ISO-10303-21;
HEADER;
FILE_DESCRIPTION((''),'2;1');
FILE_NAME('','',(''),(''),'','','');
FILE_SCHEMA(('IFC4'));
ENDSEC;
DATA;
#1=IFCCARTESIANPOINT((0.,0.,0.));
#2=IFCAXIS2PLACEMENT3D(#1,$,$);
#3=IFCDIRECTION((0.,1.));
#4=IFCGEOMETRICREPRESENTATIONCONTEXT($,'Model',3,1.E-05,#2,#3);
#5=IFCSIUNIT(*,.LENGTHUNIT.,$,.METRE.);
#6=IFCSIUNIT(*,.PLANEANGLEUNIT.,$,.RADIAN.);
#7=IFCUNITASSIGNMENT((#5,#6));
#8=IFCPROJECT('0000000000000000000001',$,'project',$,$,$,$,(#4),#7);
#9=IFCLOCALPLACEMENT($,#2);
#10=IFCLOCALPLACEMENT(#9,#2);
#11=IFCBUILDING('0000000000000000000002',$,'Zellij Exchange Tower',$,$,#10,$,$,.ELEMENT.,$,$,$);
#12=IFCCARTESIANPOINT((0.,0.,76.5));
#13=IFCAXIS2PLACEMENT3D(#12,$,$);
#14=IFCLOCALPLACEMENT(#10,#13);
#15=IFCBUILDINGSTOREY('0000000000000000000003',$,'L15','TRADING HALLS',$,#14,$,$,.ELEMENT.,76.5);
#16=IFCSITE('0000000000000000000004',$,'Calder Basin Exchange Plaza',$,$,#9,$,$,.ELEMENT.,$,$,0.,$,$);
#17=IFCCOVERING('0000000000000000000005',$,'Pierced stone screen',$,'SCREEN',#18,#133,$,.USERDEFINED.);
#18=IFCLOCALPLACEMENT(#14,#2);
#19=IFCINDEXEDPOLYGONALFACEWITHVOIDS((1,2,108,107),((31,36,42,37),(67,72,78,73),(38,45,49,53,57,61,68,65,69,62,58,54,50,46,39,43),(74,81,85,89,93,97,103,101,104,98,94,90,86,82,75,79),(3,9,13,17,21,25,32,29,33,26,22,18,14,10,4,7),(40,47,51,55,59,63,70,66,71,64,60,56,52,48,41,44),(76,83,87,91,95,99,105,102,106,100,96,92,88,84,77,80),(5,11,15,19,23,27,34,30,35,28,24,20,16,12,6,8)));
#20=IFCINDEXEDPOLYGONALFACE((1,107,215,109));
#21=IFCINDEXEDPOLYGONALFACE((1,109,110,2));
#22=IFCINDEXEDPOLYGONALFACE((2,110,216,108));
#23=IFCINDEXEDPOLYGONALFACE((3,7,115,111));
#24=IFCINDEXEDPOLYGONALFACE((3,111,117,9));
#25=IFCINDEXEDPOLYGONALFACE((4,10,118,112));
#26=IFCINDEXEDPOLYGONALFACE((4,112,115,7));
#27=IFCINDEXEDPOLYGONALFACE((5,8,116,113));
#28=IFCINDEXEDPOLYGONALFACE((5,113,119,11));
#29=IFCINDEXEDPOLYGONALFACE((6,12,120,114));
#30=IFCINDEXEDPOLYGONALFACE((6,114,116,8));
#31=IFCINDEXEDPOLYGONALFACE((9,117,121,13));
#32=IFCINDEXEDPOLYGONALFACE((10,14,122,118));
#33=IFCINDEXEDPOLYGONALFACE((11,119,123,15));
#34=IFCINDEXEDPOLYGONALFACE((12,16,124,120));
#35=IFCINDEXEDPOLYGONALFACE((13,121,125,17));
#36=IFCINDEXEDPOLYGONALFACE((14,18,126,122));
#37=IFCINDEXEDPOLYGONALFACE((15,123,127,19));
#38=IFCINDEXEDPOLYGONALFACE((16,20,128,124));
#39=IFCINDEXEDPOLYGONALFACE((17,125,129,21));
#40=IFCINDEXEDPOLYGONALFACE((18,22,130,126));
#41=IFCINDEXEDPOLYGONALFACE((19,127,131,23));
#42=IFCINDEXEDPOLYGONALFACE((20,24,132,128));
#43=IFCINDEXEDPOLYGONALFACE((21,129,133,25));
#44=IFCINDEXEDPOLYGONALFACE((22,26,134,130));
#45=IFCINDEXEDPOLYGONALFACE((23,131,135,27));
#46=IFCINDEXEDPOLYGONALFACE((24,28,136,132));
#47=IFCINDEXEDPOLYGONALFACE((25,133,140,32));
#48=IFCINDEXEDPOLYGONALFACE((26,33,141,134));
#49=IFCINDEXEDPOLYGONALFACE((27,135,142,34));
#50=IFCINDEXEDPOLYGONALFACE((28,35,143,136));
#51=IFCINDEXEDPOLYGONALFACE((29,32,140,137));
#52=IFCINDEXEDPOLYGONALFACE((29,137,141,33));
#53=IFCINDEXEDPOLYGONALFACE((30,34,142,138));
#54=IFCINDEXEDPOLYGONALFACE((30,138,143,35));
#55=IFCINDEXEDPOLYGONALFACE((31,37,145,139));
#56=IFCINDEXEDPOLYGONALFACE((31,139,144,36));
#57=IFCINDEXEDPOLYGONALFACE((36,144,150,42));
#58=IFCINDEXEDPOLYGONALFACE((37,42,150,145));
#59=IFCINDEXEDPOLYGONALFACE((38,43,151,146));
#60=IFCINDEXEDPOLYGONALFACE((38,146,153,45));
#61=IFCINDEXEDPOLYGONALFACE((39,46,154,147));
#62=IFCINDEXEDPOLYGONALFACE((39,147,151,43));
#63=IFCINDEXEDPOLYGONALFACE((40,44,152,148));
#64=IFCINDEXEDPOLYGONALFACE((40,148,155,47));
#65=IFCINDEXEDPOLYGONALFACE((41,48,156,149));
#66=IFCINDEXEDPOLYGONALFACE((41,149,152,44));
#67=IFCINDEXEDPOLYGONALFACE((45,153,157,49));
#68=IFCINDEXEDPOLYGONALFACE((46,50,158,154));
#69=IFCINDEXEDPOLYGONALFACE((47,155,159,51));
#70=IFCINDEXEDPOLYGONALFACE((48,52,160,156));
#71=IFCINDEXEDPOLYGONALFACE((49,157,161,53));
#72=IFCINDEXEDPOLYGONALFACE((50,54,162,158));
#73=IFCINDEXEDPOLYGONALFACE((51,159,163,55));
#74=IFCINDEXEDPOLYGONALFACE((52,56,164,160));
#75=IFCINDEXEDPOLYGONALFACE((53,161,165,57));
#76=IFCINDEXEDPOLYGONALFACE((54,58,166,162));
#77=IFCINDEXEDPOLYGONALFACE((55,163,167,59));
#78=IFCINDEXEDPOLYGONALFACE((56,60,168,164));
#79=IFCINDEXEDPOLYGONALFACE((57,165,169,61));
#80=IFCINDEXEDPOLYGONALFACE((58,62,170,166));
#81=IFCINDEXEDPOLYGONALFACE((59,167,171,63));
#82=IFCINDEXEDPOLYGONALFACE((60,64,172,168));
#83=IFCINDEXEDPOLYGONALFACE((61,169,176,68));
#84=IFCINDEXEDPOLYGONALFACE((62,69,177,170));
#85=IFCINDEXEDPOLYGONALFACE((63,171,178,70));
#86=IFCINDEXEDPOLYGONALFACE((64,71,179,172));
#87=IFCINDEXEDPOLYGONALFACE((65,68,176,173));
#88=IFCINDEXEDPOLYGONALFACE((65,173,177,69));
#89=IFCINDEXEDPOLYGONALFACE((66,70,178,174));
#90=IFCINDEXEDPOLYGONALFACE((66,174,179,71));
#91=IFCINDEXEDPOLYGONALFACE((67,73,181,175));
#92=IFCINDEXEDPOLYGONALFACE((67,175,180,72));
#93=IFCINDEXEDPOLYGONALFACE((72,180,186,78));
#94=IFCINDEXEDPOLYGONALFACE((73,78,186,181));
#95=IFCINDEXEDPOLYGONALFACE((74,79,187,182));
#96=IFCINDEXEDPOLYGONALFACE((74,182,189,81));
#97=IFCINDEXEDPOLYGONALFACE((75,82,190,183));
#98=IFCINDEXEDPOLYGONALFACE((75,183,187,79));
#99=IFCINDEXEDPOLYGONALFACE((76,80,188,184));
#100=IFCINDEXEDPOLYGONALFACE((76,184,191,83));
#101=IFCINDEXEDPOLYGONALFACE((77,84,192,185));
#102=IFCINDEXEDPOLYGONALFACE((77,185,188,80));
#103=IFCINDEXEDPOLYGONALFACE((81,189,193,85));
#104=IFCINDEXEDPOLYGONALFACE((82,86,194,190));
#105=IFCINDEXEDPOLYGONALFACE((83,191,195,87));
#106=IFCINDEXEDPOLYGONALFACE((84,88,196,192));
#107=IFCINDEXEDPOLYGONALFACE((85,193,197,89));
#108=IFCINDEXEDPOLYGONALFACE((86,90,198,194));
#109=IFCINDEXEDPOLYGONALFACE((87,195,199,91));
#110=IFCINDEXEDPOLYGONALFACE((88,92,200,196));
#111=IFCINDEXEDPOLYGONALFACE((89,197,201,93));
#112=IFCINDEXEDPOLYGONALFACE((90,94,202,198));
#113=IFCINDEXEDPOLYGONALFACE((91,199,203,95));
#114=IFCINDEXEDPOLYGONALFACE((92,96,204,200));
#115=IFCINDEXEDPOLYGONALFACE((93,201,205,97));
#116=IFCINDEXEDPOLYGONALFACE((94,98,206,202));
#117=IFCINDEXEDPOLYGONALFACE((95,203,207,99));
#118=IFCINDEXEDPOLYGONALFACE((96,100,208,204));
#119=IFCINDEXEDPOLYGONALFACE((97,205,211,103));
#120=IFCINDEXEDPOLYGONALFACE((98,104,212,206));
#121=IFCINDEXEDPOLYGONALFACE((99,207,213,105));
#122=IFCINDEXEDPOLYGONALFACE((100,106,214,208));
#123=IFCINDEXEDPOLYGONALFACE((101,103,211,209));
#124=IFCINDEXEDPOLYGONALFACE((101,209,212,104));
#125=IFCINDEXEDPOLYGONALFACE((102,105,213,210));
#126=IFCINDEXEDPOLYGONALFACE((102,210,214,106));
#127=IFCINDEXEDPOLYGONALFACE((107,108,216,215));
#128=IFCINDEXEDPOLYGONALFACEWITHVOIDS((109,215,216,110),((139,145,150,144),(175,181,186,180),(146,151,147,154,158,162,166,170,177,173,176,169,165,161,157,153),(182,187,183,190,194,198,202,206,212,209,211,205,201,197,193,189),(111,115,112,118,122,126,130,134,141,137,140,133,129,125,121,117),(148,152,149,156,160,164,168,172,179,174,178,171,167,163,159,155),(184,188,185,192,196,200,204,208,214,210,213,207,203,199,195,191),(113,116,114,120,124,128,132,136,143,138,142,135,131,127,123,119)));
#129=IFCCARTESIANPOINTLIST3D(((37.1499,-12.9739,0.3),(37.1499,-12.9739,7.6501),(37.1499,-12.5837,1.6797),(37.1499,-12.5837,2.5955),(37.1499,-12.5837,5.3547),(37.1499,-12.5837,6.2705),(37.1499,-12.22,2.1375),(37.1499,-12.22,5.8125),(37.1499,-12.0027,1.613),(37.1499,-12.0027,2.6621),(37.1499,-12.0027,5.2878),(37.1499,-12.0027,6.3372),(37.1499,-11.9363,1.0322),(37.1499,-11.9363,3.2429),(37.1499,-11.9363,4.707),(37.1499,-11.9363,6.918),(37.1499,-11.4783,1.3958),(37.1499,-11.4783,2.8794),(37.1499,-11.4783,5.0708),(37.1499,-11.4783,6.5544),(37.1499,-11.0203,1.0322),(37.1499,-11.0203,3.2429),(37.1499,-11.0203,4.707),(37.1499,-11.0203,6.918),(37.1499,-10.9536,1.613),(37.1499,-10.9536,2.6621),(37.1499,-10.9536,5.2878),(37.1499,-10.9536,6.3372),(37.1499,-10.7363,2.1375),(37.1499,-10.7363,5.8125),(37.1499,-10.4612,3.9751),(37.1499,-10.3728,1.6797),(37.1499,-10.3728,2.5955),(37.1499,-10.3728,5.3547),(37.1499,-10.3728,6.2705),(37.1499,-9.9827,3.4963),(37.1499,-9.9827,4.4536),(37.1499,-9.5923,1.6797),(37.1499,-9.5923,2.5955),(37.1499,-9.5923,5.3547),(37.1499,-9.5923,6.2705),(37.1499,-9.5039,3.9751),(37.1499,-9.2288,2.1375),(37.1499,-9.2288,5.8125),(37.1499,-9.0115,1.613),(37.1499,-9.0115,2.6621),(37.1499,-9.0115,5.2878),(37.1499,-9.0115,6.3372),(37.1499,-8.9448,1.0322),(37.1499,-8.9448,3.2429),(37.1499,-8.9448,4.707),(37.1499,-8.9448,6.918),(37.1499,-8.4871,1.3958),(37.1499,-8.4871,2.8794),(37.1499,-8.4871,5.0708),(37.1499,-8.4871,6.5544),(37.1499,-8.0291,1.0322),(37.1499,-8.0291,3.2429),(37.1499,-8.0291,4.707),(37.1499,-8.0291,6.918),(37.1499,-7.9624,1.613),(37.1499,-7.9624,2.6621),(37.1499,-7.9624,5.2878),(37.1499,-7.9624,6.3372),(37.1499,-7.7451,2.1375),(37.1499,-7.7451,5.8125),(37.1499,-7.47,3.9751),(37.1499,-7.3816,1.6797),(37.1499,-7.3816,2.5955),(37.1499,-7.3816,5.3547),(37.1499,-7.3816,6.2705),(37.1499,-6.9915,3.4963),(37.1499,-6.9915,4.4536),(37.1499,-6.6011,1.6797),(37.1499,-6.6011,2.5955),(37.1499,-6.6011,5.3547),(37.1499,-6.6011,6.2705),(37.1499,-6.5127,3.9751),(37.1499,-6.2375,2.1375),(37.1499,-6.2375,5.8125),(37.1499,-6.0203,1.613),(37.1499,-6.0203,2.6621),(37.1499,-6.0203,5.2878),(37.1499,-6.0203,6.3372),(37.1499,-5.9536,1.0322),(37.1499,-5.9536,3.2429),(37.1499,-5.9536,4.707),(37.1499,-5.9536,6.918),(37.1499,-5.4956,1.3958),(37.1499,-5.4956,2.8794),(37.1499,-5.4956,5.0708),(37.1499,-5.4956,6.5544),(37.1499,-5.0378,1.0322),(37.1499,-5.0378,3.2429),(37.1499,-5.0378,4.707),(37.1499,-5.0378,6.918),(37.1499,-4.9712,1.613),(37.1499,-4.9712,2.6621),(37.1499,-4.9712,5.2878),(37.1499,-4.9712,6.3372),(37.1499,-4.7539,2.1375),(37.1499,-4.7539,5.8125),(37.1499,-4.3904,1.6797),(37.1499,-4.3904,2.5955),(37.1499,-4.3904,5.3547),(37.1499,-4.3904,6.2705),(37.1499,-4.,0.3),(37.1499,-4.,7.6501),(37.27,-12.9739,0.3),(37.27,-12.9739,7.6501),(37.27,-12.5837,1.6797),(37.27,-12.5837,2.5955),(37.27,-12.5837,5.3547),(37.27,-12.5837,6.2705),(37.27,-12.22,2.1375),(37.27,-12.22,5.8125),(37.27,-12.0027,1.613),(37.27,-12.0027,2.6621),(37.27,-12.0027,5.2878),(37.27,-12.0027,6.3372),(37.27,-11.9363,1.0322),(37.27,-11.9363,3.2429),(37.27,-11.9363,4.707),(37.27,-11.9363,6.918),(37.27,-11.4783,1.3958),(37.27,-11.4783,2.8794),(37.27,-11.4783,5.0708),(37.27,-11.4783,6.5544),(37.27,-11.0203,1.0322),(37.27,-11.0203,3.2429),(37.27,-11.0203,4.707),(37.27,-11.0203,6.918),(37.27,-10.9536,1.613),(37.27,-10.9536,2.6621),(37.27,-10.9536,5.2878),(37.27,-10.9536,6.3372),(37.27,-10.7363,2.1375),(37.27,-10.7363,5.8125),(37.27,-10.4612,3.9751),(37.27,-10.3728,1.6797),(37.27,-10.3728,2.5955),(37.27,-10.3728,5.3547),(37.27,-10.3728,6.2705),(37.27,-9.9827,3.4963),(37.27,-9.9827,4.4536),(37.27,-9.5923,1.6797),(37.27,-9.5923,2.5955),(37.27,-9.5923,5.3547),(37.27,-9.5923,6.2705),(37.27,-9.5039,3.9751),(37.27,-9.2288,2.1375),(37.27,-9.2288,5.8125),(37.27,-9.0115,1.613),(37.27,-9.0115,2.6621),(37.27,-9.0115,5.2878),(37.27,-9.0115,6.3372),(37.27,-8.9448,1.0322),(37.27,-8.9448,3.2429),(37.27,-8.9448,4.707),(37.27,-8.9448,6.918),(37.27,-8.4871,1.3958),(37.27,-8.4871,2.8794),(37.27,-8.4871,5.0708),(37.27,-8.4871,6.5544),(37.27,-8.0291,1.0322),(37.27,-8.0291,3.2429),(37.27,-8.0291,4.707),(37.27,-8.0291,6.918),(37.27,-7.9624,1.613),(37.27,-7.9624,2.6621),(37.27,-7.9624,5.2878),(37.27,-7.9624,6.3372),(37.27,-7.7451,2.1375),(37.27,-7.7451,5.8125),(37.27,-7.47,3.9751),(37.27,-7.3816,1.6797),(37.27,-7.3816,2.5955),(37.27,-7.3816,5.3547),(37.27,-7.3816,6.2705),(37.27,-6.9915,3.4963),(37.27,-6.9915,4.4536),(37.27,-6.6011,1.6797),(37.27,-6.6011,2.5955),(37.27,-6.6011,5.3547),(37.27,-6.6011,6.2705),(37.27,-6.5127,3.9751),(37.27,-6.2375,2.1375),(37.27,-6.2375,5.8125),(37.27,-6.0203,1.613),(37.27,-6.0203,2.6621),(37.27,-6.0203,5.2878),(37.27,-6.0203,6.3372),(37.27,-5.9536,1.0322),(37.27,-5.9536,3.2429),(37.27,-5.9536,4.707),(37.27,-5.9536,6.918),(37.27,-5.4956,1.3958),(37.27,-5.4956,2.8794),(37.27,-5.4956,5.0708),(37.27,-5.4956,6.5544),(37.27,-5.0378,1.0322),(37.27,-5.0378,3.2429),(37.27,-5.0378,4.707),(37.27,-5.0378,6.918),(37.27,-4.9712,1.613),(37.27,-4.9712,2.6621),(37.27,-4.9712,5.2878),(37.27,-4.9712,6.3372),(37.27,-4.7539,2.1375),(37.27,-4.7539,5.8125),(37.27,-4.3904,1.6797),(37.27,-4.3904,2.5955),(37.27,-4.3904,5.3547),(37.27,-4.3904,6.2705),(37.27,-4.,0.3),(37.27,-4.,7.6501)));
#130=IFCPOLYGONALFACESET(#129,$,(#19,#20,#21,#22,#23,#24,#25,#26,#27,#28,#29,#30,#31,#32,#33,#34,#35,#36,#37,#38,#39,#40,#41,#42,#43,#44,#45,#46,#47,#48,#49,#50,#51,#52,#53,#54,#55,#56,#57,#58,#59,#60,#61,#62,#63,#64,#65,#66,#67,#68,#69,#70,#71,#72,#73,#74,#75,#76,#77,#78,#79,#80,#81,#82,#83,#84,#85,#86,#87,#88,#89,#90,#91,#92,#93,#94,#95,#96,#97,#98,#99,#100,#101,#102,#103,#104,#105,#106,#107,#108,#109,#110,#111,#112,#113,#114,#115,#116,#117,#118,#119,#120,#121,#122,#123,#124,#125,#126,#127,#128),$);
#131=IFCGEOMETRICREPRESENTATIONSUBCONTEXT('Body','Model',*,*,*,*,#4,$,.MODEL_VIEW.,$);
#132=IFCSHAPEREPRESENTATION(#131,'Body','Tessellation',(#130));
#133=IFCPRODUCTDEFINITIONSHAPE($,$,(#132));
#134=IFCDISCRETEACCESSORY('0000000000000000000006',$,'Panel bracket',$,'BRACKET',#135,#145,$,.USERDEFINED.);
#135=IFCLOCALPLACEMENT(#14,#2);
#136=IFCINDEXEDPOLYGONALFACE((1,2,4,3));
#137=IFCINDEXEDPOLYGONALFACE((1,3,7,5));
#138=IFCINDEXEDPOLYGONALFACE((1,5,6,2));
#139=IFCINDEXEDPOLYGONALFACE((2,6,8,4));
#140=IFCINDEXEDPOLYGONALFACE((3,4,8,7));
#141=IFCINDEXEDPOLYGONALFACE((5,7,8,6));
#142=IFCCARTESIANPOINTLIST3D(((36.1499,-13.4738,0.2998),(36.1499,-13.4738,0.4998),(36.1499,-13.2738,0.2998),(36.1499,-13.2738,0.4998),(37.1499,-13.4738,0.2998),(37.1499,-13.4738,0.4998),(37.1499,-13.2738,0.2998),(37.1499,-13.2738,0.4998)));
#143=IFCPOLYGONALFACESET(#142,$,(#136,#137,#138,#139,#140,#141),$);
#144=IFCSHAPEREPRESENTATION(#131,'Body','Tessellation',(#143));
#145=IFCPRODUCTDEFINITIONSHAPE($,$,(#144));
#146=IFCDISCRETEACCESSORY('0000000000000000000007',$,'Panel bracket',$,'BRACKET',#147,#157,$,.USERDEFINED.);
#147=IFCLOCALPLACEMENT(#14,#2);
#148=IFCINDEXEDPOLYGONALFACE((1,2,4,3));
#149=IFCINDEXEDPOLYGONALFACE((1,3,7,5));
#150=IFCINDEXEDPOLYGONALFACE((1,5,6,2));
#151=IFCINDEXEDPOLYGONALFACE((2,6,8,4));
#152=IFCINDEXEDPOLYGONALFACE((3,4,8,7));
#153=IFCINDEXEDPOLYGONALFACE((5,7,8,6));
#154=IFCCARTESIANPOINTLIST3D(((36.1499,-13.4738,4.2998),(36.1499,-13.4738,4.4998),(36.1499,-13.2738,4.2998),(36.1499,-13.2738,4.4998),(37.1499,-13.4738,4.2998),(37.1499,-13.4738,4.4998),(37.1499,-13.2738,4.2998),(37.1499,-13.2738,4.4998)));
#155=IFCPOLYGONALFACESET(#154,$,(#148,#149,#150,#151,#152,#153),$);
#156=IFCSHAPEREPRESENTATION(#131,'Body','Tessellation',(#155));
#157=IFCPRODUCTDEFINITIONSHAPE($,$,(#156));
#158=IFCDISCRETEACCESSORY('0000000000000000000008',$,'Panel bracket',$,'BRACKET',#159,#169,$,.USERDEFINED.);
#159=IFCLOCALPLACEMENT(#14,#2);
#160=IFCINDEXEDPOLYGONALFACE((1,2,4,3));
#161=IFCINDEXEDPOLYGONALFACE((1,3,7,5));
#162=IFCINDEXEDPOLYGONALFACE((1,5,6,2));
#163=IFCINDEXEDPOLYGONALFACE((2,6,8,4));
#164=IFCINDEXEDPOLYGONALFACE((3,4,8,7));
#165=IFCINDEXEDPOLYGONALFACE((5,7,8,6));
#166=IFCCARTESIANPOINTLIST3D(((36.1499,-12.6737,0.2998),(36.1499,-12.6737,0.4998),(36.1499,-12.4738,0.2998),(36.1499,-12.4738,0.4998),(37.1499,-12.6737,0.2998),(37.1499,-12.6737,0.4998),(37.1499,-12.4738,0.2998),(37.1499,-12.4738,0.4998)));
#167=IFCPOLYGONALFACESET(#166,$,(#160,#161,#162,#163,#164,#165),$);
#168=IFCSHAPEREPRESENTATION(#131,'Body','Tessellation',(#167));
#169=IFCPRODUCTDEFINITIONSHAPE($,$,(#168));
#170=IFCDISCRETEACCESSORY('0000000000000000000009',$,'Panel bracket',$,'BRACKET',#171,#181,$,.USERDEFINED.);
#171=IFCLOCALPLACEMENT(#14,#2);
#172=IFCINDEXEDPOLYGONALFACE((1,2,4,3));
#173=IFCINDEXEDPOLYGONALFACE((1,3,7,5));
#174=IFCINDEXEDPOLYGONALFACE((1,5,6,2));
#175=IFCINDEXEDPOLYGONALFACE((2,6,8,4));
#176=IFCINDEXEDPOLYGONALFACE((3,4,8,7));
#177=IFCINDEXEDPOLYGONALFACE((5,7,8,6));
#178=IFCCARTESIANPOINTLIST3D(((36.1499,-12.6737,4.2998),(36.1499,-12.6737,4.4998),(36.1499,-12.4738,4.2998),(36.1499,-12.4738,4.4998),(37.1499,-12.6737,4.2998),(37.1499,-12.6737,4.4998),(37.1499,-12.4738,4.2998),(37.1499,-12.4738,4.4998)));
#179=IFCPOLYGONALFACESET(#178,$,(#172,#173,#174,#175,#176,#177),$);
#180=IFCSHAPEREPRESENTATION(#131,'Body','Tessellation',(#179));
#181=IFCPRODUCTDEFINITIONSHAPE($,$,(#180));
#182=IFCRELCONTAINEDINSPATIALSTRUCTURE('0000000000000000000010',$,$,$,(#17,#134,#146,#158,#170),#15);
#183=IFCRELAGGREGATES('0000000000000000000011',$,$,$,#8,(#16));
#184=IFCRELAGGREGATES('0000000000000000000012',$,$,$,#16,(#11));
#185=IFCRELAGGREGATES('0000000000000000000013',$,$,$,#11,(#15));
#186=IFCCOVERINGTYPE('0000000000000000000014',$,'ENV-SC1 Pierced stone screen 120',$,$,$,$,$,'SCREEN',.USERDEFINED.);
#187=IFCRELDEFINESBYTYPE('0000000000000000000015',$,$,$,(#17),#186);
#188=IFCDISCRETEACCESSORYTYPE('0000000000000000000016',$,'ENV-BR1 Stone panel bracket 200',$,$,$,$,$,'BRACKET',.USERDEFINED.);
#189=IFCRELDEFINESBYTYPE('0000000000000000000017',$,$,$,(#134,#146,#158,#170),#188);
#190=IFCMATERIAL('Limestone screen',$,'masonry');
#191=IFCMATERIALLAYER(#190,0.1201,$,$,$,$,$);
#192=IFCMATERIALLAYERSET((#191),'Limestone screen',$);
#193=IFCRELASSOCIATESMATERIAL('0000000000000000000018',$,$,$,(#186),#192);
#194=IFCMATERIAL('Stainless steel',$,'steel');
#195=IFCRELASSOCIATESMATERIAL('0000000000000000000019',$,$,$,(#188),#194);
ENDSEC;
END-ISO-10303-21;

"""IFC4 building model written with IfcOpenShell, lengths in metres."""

from ifc_helpers import new_model, si_unit, direction, frame, origin, origin_2d, place, context, subcontext, project, spatial, polyline, rectangle, outline, extrude, material, layer, layer_set, type_object, element, save


model = new_model("IFC4")

# Units and contexts
model_context = context("Model", 3, precision=1e-05, world=origin(), true_north=direction((0.0, 1.0)))
body_context = subcontext(model_context, "Body", "Model", "MODEL_VIEW")
ifc_project = project(units=[si_unit("LENGTHUNIT", "METRE"), si_unit("PLANEANGLEUNIT", "RADIAN")], contexts=[model_context])

# Site, building, storey
site_placement = place(None, origin())
site = spatial("IfcSite", under=ifc_project, at=site_placement, Name="Calder Basin Exchange Plaza", CompositionType="ELEMENT", RefElevation=0.0)
building_placement = place(site_placement, origin())
building = spatial("IfcBuilding", under=site, at=building_placement, Name="Zellij Exchange Tower", CompositionType="ELEMENT")
storey_placement = place(building_placement, frame((0.0, 0.0, 76.5)))
storey = spatial("IfcBuildingStorey", under=building, at=storey_placement, Name="L15", Description="TRADING HALLS", CompositionType="ELEMENT", Elevation=76.5)

# Shared definitions
ifc_material_1 = material(Name="Stainless steel", Category="steel")

# Covering
ifc_material_2 = material(Name="Limestone screen", Category="masonry")
ifc_layer_1 = layer(ifc_material_2, 0.1201)
ifc_layer_set_1 = layer_set([ifc_layer_1], Name="Limestone screen")
covering_type = type_object("IfcCoveringType", Name="ENV-SC1 Pierced stone screen 120", ElementType="SCREEN", PredefinedType="USERDEFINED", material=ifc_layer_set_1)
covering_placement = place(storey_placement, frame((37.21, -12.9739, 0.3), z_axis=(0.0, 0.0, 1.0), x_axis=(0.0, 1.0, 0.0)))
element("IfcCovering", 1, at=covering_placement, inside=storey, type_object=covering_type, Name="Pierced stone screen", ObjectType="SCREEN", PredefinedType="USERDEFINED", context=body_context, shape_type="SweptSolid", body=[
    extrude(outline(polyline([(0.0, 0.0), (8.9739, 0.0), (8.9739, 7.3501), (0.0, 7.3501), (0.0, 0.0)]), holes=[polyline([(2.6011, 2.2954), (2.0203, 2.3621), (1.9536, 2.9429), (1.4956, 2.5793), (1.0376, 2.9429), (0.9712, 2.3621), (0.3901, 2.2954), (0.7539, 1.8374), (0.3901, 1.3796), (0.9712, 1.313), (1.0376, 0.7322), (1.4956, 1.0957), (1.9536, 0.7322), (2.0203, 1.313), (2.6011, 1.3796), (2.2375, 1.8374), (2.6011, 2.2954)]), polyline([(2.6011, 5.9705), (2.0203, 6.0371), (1.9536, 6.6179), (1.4956, 6.2544), (1.0376, 6.6179), (0.9712, 6.0371), (0.3901, 5.9705), (0.7539, 5.5125), (0.3901, 5.0547), (0.9712, 4.9878), (1.0376, 4.407), (1.4956, 4.7708), (1.9536, 4.407), (2.0203, 4.9878), (2.6011, 5.0547), (2.2375, 5.5125), (2.6011, 5.9705)]), polyline([(5.5923, 2.2954), (5.0115, 2.3621), (4.9448, 2.9429), (4.4868, 2.5793), (4.0291, 2.9429), (3.9624, 2.3621), (3.3816, 2.2954), (3.7451, 1.8374), (3.3816, 1.3796), (3.9624, 1.313), (4.0291, 0.7322), (4.4868, 1.0957), (4.9448, 0.7322), (5.0115, 1.313), (5.5923, 1.3796), (5.2288, 1.8374), (5.5923, 2.2954)]), polyline([(5.5923, 5.9705), (5.0115, 6.0371), (4.9448, 6.6179), (4.4868, 6.2544), (4.0291, 6.6179), (3.9624, 6.0371), (3.3816, 5.9705), (3.7451, 5.5125), (3.3816, 5.0547), (3.9624, 4.9878), (4.0291, 4.407), (4.4868, 4.7708), (4.9448, 4.407), (5.0115, 4.9878), (5.5923, 5.0547), (5.2288, 5.5125), (5.5923, 5.9705)]), polyline([(8.5835, 2.2954), (8.0027, 2.3621), (7.936, 2.9429), (7.4783, 2.5793), (7.0203, 2.9429), (6.9536, 2.3621), (6.3728, 2.2954), (6.7363, 1.8374), (6.3728, 1.3796), (6.9536, 1.313), (7.0203, 0.7322), (7.4783, 1.0957), (7.936, 0.7322), (8.0027, 1.313), (8.5835, 1.3796), (8.22, 1.8374), (8.5835, 2.2954)]), polyline([(8.5835, 5.9705), (8.0027, 6.0371), (7.936, 6.6179), (7.4783, 6.2544), (7.0203, 6.6179), (6.9536, 6.0371), (6.3728, 5.9705), (6.7363, 5.5125), (6.3728, 5.0547), (6.9536, 4.9878), (7.0203, 4.407), (7.4783, 4.7708), (7.936, 4.407), (8.0027, 4.9878), (8.5835, 5.0547), (8.22, 5.5125), (8.5835, 5.9705)]), polyline([(3.47, 3.675), (2.9912, 4.1536), (2.5127, 3.675), (2.9912, 3.1963), (3.47, 3.675)]), polyline([(6.4612, 3.675), (5.9824, 4.1536), (5.5039, 3.675), (5.9824, 3.1963), (6.4612, 3.675)])]), frame((0.0, 0.0601, 0.0), z_axis=(0.0, -1.0, 0.0), x_axis=(1.0, 0.0, 0.0)), (0.0, 0.0, 1.0), 0.1201),
])

# Discrete accessories
discrete_accessory_type = type_object("IfcDiscreteAccessoryType", Name="ENV-BR1 Stone panel bracket 200", ElementType="BRACKET", PredefinedType="USERDEFINED", material=ifc_material_1)
for number, where, z_axis, x_axis, name in (
    (2, (36.6499, -13.3738, 0.2998), (0.0, 0.0, 1.0), (0.0, 1.0, 0.0), "Panel bracket"),
    (3, (36.6499, -13.3738, 4.2998), (0.0, 0.0, 1.0), (0.0, 1.0, 0.0), "Panel bracket"),
    (4, (36.6499, -12.5737, 0.2998), (0.0, 0.0, 1.0), (0.0, 1.0, 0.0), "Panel bracket"),
    (5, (36.6499, -12.5737, 4.2998), (0.0, 0.0, 1.0), (0.0, 1.0, 0.0), "Panel bracket"),
):
    element("IfcDiscreteAccessory", number, at=place(storey_placement, frame(where, z_axis=z_axis, x_axis=x_axis)), inside=storey, type_object=discrete_accessory_type, Name=name, ObjectType="BRACKET", PredefinedType="USERDEFINED", context=body_context, shape_type="SweptSolid", body=[
        extrude(rectangle(XDim=0.2, YDim=1.0, at=origin_2d()), origin(), (0.0, 0.0, 1.0), 0.2),
    ])

save(model, "model.ifc")
